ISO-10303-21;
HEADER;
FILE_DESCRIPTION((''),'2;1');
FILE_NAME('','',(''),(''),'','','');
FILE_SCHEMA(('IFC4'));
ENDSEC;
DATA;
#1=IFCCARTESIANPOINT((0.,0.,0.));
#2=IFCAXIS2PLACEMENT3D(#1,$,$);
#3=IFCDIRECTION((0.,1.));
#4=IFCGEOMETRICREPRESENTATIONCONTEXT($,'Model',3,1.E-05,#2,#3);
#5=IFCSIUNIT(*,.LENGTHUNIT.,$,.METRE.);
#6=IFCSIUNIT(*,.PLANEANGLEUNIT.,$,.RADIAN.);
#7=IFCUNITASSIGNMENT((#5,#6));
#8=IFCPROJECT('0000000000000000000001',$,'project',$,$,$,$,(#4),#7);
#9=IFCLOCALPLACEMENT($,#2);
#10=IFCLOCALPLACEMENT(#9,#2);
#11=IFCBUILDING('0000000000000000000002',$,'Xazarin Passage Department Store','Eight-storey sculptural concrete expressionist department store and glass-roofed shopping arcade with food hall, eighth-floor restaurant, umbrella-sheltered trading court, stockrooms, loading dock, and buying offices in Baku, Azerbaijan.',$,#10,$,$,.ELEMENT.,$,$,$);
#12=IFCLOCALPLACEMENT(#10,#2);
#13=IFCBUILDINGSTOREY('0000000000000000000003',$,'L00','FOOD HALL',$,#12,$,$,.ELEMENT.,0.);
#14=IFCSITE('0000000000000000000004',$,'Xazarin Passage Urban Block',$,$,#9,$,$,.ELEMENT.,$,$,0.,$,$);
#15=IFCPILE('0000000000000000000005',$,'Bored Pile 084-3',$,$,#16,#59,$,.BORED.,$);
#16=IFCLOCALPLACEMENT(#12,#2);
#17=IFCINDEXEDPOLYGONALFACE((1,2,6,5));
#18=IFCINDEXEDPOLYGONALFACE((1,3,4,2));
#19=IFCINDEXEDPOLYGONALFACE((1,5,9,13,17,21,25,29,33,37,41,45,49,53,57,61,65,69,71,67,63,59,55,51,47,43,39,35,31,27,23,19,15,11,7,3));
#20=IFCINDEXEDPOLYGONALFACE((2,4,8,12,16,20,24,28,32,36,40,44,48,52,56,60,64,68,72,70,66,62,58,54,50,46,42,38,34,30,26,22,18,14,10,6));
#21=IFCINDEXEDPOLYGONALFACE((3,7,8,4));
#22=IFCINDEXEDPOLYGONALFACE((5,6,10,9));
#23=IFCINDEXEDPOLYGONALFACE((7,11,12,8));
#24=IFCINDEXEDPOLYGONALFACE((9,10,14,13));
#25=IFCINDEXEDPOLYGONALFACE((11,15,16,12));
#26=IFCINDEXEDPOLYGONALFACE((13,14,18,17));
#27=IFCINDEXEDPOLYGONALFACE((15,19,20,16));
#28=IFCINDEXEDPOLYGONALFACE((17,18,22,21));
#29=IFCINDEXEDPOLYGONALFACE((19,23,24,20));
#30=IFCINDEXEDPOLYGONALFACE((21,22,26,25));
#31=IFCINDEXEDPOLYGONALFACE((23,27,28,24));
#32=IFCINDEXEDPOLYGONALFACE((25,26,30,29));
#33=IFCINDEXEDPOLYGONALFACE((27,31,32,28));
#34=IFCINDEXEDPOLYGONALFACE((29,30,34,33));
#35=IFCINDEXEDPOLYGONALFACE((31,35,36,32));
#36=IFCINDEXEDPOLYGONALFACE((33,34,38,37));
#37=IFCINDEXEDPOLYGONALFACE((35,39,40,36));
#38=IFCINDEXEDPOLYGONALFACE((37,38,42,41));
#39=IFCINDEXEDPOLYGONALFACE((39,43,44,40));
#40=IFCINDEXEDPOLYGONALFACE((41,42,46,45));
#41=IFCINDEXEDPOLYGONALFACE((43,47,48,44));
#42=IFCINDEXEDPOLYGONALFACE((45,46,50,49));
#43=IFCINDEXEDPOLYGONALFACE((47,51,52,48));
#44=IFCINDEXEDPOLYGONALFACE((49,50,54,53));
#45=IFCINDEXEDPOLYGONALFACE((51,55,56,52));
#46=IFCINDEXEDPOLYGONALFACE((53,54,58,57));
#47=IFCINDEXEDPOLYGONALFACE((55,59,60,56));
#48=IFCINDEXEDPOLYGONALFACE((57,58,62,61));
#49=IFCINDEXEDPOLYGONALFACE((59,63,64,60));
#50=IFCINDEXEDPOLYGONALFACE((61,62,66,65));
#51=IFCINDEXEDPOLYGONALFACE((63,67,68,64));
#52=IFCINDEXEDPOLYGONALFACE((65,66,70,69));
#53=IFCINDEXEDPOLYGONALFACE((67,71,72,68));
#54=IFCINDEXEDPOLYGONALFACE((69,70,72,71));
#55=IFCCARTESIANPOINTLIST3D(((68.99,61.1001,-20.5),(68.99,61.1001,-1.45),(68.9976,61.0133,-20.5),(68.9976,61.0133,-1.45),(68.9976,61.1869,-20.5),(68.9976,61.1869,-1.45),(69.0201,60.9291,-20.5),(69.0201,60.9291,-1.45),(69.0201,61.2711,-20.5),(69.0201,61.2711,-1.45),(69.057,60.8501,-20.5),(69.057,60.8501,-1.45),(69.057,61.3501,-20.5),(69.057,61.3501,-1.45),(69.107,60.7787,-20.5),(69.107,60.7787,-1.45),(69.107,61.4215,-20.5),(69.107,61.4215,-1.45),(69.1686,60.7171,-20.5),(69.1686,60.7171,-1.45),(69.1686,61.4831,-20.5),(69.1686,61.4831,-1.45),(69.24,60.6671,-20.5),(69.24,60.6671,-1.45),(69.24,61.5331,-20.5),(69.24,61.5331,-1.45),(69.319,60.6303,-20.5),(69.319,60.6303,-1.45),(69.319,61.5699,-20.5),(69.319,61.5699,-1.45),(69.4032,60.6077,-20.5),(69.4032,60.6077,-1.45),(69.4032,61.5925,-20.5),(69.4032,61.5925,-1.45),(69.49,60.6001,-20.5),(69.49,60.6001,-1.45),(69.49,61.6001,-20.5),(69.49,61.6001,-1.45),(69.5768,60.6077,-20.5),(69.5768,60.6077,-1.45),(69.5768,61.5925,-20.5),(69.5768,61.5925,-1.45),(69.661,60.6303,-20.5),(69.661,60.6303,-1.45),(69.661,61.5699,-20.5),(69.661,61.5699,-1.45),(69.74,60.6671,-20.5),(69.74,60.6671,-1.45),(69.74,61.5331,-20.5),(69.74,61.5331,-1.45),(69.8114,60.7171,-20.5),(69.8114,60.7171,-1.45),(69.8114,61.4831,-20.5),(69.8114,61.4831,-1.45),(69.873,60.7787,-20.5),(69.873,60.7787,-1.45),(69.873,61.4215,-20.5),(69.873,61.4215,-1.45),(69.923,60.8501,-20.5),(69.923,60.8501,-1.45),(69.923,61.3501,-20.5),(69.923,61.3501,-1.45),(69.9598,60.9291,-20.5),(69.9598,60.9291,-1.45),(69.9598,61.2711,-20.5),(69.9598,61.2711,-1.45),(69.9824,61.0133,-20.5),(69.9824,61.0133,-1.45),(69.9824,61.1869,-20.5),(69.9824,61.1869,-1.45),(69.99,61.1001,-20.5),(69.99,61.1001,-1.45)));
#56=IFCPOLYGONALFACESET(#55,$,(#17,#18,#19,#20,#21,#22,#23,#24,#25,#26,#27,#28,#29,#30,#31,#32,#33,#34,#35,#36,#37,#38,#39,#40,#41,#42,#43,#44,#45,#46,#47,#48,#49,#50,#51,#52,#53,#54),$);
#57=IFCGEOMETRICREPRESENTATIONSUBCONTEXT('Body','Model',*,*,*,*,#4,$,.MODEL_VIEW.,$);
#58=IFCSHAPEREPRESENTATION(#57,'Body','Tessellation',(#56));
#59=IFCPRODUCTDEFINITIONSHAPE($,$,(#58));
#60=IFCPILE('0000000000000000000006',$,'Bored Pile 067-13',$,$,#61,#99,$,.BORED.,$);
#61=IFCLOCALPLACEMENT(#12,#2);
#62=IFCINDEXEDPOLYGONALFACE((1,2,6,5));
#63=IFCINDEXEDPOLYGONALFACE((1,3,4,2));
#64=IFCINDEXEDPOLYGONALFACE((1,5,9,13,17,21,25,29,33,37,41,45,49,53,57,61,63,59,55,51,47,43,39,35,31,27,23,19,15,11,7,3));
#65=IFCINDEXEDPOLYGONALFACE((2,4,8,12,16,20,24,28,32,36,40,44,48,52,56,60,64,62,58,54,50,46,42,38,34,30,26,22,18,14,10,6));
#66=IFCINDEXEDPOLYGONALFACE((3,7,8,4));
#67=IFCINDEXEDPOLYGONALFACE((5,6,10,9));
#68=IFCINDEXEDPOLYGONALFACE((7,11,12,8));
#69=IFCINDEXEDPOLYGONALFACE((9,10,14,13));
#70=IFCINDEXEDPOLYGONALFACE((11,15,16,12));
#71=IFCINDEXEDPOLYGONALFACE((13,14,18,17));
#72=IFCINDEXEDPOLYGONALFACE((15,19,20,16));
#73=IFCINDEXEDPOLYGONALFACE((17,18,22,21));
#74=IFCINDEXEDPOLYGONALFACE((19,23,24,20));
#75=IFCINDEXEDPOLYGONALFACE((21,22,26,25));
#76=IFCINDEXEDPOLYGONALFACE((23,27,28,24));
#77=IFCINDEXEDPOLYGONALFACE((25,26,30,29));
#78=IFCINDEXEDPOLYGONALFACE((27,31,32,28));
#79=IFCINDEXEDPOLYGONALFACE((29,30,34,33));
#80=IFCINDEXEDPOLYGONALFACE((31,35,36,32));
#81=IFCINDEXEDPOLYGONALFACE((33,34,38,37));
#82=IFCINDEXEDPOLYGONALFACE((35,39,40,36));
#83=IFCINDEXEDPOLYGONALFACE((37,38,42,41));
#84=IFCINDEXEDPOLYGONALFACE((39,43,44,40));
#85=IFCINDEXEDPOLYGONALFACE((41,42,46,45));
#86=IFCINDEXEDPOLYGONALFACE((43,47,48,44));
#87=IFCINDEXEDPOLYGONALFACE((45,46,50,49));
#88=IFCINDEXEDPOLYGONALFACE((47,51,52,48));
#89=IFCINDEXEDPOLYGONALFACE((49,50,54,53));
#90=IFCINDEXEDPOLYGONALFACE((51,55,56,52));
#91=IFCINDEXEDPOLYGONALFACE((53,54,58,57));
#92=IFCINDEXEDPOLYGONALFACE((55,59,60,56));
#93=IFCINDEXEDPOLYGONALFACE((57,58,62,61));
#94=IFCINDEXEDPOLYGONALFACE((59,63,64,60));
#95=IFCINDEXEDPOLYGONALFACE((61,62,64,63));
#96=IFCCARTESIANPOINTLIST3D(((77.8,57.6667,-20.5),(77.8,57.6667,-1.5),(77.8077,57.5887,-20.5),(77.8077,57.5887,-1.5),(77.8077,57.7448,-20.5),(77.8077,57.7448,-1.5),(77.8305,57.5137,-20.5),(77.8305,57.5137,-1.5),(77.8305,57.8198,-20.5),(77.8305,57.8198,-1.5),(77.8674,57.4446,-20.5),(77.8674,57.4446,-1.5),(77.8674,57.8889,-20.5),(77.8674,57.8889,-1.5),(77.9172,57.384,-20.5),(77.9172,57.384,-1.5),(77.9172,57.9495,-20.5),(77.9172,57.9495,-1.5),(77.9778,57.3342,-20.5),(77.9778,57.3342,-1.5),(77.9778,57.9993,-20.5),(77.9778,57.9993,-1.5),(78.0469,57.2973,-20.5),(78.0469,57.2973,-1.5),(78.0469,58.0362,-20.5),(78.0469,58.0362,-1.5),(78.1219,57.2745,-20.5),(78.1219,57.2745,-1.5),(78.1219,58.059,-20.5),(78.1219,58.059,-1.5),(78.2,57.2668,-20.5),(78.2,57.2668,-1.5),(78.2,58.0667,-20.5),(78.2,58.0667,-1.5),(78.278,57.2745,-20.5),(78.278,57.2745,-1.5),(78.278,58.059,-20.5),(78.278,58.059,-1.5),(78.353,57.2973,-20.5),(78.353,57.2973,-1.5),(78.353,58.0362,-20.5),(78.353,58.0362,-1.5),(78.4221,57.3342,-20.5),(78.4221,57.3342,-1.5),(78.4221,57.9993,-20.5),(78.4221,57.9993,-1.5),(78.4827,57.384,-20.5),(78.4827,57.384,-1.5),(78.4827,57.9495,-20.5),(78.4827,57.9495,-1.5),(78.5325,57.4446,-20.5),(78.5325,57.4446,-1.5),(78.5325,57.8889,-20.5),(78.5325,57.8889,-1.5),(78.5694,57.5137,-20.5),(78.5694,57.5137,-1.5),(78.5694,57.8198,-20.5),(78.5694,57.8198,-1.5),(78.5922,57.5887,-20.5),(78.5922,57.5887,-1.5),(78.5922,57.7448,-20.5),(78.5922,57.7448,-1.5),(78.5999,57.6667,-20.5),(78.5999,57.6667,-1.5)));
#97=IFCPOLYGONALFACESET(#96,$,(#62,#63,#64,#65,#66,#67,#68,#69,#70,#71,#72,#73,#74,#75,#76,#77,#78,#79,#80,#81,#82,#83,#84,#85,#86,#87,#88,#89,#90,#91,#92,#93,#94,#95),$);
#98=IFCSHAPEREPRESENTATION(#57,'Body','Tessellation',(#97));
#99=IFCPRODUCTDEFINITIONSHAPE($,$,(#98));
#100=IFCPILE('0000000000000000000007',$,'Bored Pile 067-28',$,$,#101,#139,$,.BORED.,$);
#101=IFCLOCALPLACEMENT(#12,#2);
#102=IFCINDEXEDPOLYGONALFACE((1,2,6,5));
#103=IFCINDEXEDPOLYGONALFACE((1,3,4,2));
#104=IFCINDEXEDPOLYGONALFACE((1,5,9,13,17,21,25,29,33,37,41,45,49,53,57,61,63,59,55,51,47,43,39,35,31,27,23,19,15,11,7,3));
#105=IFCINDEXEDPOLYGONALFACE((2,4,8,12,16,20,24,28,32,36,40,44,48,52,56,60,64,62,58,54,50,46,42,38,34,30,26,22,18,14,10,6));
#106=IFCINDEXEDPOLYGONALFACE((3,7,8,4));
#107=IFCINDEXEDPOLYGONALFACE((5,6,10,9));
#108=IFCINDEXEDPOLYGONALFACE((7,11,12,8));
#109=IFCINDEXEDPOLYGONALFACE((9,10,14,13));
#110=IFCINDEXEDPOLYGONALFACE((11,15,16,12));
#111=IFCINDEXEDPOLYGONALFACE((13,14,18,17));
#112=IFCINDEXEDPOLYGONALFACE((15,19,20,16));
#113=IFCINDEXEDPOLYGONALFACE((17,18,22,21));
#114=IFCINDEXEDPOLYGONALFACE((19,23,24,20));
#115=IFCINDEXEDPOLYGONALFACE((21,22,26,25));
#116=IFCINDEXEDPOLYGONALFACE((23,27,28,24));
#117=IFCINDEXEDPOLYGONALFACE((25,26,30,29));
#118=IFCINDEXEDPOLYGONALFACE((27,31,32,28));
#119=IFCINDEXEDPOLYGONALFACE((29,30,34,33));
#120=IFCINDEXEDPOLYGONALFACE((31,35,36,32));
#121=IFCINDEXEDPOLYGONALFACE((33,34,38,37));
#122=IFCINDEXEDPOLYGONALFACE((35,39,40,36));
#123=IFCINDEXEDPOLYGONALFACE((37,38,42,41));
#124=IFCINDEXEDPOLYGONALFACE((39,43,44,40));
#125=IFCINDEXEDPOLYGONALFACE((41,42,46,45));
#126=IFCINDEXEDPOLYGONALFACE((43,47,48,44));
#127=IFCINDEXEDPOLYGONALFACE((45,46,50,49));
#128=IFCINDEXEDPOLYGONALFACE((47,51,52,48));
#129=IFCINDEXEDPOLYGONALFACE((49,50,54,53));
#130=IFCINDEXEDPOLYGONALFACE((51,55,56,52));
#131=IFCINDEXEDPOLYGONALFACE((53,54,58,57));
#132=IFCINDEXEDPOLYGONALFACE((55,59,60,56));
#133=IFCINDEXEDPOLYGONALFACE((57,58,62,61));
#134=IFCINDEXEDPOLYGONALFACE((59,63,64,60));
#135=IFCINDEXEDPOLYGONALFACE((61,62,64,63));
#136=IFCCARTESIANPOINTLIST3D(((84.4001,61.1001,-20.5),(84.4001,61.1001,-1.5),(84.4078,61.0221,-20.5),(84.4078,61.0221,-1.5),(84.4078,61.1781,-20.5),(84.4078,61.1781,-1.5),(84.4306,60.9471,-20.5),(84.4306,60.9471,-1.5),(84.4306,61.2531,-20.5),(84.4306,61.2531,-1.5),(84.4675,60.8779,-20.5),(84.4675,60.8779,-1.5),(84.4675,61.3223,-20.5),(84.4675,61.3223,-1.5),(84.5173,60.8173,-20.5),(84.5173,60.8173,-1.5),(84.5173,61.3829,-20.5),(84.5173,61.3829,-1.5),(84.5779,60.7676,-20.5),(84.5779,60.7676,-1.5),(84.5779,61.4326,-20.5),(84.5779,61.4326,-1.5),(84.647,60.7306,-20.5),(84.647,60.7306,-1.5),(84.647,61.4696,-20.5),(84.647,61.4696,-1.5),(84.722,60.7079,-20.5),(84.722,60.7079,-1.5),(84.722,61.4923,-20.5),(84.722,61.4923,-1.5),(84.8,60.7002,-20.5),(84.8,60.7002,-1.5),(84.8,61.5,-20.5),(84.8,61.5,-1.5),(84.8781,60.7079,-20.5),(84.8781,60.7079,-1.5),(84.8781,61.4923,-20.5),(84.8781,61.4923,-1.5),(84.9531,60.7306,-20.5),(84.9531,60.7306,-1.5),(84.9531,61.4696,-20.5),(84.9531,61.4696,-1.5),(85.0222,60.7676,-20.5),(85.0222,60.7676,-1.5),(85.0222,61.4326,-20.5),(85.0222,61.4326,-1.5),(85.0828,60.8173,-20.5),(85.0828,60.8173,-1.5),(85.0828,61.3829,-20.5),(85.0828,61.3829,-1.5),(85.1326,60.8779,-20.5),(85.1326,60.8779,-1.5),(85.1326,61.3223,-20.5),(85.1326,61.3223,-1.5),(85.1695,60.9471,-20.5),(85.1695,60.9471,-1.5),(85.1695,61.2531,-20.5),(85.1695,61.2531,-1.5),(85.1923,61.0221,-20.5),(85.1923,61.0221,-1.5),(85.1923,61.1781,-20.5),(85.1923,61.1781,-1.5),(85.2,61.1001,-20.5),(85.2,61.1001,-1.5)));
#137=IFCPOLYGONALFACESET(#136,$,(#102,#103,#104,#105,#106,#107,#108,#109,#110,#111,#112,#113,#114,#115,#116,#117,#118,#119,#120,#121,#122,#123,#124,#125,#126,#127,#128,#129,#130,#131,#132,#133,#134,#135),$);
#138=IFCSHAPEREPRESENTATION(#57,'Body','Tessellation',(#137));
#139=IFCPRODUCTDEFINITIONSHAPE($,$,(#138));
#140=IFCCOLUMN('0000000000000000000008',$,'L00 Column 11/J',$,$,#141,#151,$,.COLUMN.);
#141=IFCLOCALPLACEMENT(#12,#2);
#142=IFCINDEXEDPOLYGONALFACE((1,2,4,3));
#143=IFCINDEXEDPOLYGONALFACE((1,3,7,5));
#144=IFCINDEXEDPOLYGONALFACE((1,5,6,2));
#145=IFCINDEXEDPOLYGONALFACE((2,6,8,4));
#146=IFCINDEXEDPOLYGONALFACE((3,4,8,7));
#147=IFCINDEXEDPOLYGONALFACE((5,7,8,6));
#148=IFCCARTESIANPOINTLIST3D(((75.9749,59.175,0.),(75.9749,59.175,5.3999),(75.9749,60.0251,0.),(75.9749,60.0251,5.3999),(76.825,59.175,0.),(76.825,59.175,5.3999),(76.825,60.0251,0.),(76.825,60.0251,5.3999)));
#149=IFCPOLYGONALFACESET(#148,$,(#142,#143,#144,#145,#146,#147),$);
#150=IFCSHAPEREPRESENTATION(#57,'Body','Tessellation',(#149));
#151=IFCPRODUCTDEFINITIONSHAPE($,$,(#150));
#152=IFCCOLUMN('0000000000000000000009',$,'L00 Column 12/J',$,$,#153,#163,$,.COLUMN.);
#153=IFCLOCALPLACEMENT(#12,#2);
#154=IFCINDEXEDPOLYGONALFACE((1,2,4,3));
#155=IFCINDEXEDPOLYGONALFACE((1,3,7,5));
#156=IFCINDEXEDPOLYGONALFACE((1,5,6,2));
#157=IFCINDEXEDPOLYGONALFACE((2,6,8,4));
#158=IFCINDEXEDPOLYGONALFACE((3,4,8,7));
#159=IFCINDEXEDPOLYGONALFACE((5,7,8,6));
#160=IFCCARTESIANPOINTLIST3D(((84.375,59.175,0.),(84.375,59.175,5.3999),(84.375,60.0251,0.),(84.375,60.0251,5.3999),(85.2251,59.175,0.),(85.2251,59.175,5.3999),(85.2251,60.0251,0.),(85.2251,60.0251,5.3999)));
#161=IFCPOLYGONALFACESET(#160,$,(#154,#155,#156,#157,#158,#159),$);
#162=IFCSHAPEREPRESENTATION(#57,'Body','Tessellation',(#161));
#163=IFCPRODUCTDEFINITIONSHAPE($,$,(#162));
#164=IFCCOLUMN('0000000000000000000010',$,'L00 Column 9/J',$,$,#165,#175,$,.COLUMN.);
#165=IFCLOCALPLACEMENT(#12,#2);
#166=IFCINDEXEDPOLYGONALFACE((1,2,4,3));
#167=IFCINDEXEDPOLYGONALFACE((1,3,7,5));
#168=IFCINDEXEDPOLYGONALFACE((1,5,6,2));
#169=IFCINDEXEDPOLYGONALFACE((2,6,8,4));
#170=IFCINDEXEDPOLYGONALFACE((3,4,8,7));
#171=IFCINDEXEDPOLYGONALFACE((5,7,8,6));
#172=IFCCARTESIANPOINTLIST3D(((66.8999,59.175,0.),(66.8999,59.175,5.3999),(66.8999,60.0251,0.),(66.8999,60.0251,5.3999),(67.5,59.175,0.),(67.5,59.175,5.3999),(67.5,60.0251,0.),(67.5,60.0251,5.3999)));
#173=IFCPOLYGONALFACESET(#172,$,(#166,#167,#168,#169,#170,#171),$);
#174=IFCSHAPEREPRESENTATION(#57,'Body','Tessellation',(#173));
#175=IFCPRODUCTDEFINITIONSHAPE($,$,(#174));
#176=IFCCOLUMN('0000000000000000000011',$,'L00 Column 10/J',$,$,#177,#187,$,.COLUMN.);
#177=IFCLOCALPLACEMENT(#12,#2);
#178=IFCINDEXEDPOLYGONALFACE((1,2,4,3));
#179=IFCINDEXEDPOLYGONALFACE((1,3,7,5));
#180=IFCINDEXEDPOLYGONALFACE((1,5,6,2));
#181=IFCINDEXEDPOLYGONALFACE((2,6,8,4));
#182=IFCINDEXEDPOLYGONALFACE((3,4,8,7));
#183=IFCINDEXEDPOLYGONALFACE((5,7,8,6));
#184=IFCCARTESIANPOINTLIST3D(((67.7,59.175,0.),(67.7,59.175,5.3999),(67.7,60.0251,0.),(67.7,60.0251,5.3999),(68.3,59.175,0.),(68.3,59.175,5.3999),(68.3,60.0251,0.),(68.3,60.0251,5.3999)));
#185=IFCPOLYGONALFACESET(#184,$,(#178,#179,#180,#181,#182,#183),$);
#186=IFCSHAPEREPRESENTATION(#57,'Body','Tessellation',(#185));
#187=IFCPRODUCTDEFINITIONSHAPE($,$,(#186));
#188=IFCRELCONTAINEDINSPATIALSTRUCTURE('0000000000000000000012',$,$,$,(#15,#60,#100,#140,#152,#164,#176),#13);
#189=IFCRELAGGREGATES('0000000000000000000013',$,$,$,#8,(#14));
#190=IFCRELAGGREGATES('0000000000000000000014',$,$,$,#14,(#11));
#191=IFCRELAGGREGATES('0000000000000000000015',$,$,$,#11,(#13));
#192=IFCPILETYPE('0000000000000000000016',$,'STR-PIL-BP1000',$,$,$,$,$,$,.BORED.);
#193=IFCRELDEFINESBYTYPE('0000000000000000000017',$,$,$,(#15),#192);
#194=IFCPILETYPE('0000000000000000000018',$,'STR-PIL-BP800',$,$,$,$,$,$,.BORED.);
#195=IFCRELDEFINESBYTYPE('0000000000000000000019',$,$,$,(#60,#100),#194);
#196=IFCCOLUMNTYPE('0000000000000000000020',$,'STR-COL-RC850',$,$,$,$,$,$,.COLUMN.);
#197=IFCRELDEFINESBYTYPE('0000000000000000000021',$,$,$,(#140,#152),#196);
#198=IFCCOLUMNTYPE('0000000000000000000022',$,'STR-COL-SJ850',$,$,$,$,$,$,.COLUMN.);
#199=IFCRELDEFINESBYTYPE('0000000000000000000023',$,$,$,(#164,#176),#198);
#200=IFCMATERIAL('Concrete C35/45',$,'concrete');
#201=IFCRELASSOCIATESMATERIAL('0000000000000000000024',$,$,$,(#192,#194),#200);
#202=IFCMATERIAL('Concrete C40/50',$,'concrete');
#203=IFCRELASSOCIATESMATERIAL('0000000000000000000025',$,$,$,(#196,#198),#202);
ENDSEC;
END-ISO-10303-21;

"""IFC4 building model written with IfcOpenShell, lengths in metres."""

from ifc_helpers import new_model, si_unit, direction, frame, origin, origin_2d, place, context, subcontext, project, spatial, rectangle, circle, extrude, material, material_profile, profile_set, type_object, element, save


model = new_model("IFC4")

# Units and contexts
model_context = context("Model", 3, precision=1e-05, world=origin(), true_north=direction((0.0, 1.0)))
body_context = subcontext(model_context, "Body", "Model", "MODEL_VIEW")
ifc_project = project(units=[si_unit("LENGTHUNIT", "METRE"), si_unit("PLANEANGLEUNIT", "RADIAN")], contexts=[model_context])

# Site, building, storey
site_placement = place(None, origin())
site = spatial("IfcSite", under=ifc_project, at=site_placement, Name="Xazarin Passage Urban Block", CompositionType="ELEMENT", RefElevation=0.0)
building_placement = place(site_placement, origin())
building = spatial("IfcBuilding", under=site, at=building_placement, Name="Xazarin Passage Department Store", Description="Eight-storey sculptural concrete expressionist department store and glass-roofed shopping arcade with food hall, eighth-floor restaurant, umbrella-sheltered trading court, stockrooms, loading dock, and buying offices in Baku, Azerbaijan.", CompositionType="ELEMENT")
storey_placement = place(building_placement, origin())
storey = spatial("IfcBuildingStorey", under=building, at=storey_placement, Name="L00", Description="FOOD HALL", CompositionType="ELEMENT", Elevation=0.0)

# Shared definitions
ifc_material_1 = material(Name="Concrete C35/45", Category="concrete")

# Piles
ifc_material_profile_1 = material_profile(ifc_material_1, circle(Radius=0.5, at=origin_2d()), Name="BP 1000")
ifc_profile_set_1 = profile_set([ifc_material_profile_1], Name="Concrete C35/45")
pile_type_1 = type_object("IfcPileType", Name="STR-PIL-BP1000", PredefinedType="BORED", material=ifc_profile_set_1)
for number, where, z_axis, x_axis, name in (
    (1, (69.49, 61.1001, -1.45), (0.0, 0.0, -1.0), (1.0, 0.0, 0.0), "Bored Pile 084-3"),
):
    element("IfcPile", number, at=place(storey_placement, frame(where, z_axis=z_axis, x_axis=x_axis)), inside=storey, type_object=pile_type_1, Name=name, PredefinedType="BORED", context=body_context, shape_type="SweptSolid", body=[
        extrude(circle(Radius=0.5, at=origin_2d()), origin(), (0.0, 0.0, 1.0), 19.05),
    ])
ifc_material_profile_2 = material_profile(ifc_material_1, circle(Radius=0.3999, at=origin_2d()), Name="BP 800")
ifc_profile_set_2 = profile_set([ifc_material_profile_2], Name="Concrete C35/45")
pile_type_2 = type_object("IfcPileType", Name="STR-PIL-BP800", PredefinedType="BORED", material=ifc_profile_set_2)
for number, where, z_axis, x_axis, name in (
    (2, (78.2, 57.6667, -1.5), (0.0, 0.0, -1.0), (1.0, 0.0, 0.0), "Bored Pile 067-13"),
    (3, (84.8, 61.1001, -1.5), (0.0, 0.0, -1.0), (1.0, 0.0, 0.0), "Bored Pile 067-28"),
):
    element("IfcPile", number, at=place(storey_placement, frame(where, z_axis=z_axis, x_axis=x_axis)), inside=storey, type_object=pile_type_2, Name=name, PredefinedType="BORED", context=body_context, shape_type="SweptSolid", body=[
        extrude(circle(Radius=0.3999, at=origin_2d()), origin(), (0.0, 0.0, 1.0), 19.0),
    ])

# Columns
ifc_material_2 = material(Name="Concrete C40/50", Category="concrete")
ifc_material_profile_3 = material_profile(ifc_material_2, rectangle(XDim=0.8501, YDim=0.8501, at=origin_2d()), Name="RC 850x850")
ifc_profile_set_3 = profile_set([ifc_material_profile_3], Name="Concrete C40/50")
column_type_1 = type_object("IfcColumnType", Name="STR-COL-RC850", PredefinedType="COLUMN", material=ifc_profile_set_3)
for number, where, z_axis, x_axis, name in (
    (4, (76.3999, 59.6001, 0.0), (0.0, 0.0, 1.0), (1.0, 0.0, 0.0), "L00 Column 11/J"),
    (5, (84.8, 59.6001, 0.0), (0.0, 0.0, 1.0), (1.0, 0.0, 0.0), "L00 Column 12/J"),
):
    element("IfcColumn", number, at=place(storey_placement, frame(where, z_axis=z_axis, x_axis=x_axis)), inside=storey, type_object=column_type_1, Name=name, PredefinedType="COLUMN", context=body_context, shape_type="SweptSolid", body=[
        extrude(rectangle(XDim=0.8501, YDim=0.8501, at=origin_2d()), origin(), (0.0, 0.0, 1.0), 5.3999),
    ])
ifc_material_profile_4 = material_profile(ifc_material_2, rectangle(XDim=0.6001, YDim=0.8501, at=origin_2d()), Name="RC 600x850")
ifc_profile_set_4 = profile_set([ifc_material_profile_4], Name="Concrete C40/50")
column_type_2 = type_object("IfcColumnType", Name="STR-COL-SJ850", PredefinedType="COLUMN", material=ifc_profile_set_4)
for number, where, z_axis, x_axis, name in (
    (6, (67.2, 59.6001, 0.0), (0.0, 0.0, 1.0), (1.0, 0.0, 0.0), "L00 Column 9/J"),
    (7, (68.0, 59.6001, 0.0), (0.0, 0.0, 1.0), (1.0, 0.0, 0.0), "L00 Column 10/J"),
):
    element("IfcColumn", number, at=place(storey_placement, frame(where, z_axis=z_axis, x_axis=x_axis)), inside=storey, type_object=column_type_2, Name=name, PredefinedType="COLUMN", context=body_context, shape_type="SweptSolid", body=[
        extrude(rectangle(XDim=0.6001, YDim=0.8501, at=origin_2d()), origin(), (0.0, 0.0, 1.0), 5.3999),
    ])

save(model, "model.ifc")
